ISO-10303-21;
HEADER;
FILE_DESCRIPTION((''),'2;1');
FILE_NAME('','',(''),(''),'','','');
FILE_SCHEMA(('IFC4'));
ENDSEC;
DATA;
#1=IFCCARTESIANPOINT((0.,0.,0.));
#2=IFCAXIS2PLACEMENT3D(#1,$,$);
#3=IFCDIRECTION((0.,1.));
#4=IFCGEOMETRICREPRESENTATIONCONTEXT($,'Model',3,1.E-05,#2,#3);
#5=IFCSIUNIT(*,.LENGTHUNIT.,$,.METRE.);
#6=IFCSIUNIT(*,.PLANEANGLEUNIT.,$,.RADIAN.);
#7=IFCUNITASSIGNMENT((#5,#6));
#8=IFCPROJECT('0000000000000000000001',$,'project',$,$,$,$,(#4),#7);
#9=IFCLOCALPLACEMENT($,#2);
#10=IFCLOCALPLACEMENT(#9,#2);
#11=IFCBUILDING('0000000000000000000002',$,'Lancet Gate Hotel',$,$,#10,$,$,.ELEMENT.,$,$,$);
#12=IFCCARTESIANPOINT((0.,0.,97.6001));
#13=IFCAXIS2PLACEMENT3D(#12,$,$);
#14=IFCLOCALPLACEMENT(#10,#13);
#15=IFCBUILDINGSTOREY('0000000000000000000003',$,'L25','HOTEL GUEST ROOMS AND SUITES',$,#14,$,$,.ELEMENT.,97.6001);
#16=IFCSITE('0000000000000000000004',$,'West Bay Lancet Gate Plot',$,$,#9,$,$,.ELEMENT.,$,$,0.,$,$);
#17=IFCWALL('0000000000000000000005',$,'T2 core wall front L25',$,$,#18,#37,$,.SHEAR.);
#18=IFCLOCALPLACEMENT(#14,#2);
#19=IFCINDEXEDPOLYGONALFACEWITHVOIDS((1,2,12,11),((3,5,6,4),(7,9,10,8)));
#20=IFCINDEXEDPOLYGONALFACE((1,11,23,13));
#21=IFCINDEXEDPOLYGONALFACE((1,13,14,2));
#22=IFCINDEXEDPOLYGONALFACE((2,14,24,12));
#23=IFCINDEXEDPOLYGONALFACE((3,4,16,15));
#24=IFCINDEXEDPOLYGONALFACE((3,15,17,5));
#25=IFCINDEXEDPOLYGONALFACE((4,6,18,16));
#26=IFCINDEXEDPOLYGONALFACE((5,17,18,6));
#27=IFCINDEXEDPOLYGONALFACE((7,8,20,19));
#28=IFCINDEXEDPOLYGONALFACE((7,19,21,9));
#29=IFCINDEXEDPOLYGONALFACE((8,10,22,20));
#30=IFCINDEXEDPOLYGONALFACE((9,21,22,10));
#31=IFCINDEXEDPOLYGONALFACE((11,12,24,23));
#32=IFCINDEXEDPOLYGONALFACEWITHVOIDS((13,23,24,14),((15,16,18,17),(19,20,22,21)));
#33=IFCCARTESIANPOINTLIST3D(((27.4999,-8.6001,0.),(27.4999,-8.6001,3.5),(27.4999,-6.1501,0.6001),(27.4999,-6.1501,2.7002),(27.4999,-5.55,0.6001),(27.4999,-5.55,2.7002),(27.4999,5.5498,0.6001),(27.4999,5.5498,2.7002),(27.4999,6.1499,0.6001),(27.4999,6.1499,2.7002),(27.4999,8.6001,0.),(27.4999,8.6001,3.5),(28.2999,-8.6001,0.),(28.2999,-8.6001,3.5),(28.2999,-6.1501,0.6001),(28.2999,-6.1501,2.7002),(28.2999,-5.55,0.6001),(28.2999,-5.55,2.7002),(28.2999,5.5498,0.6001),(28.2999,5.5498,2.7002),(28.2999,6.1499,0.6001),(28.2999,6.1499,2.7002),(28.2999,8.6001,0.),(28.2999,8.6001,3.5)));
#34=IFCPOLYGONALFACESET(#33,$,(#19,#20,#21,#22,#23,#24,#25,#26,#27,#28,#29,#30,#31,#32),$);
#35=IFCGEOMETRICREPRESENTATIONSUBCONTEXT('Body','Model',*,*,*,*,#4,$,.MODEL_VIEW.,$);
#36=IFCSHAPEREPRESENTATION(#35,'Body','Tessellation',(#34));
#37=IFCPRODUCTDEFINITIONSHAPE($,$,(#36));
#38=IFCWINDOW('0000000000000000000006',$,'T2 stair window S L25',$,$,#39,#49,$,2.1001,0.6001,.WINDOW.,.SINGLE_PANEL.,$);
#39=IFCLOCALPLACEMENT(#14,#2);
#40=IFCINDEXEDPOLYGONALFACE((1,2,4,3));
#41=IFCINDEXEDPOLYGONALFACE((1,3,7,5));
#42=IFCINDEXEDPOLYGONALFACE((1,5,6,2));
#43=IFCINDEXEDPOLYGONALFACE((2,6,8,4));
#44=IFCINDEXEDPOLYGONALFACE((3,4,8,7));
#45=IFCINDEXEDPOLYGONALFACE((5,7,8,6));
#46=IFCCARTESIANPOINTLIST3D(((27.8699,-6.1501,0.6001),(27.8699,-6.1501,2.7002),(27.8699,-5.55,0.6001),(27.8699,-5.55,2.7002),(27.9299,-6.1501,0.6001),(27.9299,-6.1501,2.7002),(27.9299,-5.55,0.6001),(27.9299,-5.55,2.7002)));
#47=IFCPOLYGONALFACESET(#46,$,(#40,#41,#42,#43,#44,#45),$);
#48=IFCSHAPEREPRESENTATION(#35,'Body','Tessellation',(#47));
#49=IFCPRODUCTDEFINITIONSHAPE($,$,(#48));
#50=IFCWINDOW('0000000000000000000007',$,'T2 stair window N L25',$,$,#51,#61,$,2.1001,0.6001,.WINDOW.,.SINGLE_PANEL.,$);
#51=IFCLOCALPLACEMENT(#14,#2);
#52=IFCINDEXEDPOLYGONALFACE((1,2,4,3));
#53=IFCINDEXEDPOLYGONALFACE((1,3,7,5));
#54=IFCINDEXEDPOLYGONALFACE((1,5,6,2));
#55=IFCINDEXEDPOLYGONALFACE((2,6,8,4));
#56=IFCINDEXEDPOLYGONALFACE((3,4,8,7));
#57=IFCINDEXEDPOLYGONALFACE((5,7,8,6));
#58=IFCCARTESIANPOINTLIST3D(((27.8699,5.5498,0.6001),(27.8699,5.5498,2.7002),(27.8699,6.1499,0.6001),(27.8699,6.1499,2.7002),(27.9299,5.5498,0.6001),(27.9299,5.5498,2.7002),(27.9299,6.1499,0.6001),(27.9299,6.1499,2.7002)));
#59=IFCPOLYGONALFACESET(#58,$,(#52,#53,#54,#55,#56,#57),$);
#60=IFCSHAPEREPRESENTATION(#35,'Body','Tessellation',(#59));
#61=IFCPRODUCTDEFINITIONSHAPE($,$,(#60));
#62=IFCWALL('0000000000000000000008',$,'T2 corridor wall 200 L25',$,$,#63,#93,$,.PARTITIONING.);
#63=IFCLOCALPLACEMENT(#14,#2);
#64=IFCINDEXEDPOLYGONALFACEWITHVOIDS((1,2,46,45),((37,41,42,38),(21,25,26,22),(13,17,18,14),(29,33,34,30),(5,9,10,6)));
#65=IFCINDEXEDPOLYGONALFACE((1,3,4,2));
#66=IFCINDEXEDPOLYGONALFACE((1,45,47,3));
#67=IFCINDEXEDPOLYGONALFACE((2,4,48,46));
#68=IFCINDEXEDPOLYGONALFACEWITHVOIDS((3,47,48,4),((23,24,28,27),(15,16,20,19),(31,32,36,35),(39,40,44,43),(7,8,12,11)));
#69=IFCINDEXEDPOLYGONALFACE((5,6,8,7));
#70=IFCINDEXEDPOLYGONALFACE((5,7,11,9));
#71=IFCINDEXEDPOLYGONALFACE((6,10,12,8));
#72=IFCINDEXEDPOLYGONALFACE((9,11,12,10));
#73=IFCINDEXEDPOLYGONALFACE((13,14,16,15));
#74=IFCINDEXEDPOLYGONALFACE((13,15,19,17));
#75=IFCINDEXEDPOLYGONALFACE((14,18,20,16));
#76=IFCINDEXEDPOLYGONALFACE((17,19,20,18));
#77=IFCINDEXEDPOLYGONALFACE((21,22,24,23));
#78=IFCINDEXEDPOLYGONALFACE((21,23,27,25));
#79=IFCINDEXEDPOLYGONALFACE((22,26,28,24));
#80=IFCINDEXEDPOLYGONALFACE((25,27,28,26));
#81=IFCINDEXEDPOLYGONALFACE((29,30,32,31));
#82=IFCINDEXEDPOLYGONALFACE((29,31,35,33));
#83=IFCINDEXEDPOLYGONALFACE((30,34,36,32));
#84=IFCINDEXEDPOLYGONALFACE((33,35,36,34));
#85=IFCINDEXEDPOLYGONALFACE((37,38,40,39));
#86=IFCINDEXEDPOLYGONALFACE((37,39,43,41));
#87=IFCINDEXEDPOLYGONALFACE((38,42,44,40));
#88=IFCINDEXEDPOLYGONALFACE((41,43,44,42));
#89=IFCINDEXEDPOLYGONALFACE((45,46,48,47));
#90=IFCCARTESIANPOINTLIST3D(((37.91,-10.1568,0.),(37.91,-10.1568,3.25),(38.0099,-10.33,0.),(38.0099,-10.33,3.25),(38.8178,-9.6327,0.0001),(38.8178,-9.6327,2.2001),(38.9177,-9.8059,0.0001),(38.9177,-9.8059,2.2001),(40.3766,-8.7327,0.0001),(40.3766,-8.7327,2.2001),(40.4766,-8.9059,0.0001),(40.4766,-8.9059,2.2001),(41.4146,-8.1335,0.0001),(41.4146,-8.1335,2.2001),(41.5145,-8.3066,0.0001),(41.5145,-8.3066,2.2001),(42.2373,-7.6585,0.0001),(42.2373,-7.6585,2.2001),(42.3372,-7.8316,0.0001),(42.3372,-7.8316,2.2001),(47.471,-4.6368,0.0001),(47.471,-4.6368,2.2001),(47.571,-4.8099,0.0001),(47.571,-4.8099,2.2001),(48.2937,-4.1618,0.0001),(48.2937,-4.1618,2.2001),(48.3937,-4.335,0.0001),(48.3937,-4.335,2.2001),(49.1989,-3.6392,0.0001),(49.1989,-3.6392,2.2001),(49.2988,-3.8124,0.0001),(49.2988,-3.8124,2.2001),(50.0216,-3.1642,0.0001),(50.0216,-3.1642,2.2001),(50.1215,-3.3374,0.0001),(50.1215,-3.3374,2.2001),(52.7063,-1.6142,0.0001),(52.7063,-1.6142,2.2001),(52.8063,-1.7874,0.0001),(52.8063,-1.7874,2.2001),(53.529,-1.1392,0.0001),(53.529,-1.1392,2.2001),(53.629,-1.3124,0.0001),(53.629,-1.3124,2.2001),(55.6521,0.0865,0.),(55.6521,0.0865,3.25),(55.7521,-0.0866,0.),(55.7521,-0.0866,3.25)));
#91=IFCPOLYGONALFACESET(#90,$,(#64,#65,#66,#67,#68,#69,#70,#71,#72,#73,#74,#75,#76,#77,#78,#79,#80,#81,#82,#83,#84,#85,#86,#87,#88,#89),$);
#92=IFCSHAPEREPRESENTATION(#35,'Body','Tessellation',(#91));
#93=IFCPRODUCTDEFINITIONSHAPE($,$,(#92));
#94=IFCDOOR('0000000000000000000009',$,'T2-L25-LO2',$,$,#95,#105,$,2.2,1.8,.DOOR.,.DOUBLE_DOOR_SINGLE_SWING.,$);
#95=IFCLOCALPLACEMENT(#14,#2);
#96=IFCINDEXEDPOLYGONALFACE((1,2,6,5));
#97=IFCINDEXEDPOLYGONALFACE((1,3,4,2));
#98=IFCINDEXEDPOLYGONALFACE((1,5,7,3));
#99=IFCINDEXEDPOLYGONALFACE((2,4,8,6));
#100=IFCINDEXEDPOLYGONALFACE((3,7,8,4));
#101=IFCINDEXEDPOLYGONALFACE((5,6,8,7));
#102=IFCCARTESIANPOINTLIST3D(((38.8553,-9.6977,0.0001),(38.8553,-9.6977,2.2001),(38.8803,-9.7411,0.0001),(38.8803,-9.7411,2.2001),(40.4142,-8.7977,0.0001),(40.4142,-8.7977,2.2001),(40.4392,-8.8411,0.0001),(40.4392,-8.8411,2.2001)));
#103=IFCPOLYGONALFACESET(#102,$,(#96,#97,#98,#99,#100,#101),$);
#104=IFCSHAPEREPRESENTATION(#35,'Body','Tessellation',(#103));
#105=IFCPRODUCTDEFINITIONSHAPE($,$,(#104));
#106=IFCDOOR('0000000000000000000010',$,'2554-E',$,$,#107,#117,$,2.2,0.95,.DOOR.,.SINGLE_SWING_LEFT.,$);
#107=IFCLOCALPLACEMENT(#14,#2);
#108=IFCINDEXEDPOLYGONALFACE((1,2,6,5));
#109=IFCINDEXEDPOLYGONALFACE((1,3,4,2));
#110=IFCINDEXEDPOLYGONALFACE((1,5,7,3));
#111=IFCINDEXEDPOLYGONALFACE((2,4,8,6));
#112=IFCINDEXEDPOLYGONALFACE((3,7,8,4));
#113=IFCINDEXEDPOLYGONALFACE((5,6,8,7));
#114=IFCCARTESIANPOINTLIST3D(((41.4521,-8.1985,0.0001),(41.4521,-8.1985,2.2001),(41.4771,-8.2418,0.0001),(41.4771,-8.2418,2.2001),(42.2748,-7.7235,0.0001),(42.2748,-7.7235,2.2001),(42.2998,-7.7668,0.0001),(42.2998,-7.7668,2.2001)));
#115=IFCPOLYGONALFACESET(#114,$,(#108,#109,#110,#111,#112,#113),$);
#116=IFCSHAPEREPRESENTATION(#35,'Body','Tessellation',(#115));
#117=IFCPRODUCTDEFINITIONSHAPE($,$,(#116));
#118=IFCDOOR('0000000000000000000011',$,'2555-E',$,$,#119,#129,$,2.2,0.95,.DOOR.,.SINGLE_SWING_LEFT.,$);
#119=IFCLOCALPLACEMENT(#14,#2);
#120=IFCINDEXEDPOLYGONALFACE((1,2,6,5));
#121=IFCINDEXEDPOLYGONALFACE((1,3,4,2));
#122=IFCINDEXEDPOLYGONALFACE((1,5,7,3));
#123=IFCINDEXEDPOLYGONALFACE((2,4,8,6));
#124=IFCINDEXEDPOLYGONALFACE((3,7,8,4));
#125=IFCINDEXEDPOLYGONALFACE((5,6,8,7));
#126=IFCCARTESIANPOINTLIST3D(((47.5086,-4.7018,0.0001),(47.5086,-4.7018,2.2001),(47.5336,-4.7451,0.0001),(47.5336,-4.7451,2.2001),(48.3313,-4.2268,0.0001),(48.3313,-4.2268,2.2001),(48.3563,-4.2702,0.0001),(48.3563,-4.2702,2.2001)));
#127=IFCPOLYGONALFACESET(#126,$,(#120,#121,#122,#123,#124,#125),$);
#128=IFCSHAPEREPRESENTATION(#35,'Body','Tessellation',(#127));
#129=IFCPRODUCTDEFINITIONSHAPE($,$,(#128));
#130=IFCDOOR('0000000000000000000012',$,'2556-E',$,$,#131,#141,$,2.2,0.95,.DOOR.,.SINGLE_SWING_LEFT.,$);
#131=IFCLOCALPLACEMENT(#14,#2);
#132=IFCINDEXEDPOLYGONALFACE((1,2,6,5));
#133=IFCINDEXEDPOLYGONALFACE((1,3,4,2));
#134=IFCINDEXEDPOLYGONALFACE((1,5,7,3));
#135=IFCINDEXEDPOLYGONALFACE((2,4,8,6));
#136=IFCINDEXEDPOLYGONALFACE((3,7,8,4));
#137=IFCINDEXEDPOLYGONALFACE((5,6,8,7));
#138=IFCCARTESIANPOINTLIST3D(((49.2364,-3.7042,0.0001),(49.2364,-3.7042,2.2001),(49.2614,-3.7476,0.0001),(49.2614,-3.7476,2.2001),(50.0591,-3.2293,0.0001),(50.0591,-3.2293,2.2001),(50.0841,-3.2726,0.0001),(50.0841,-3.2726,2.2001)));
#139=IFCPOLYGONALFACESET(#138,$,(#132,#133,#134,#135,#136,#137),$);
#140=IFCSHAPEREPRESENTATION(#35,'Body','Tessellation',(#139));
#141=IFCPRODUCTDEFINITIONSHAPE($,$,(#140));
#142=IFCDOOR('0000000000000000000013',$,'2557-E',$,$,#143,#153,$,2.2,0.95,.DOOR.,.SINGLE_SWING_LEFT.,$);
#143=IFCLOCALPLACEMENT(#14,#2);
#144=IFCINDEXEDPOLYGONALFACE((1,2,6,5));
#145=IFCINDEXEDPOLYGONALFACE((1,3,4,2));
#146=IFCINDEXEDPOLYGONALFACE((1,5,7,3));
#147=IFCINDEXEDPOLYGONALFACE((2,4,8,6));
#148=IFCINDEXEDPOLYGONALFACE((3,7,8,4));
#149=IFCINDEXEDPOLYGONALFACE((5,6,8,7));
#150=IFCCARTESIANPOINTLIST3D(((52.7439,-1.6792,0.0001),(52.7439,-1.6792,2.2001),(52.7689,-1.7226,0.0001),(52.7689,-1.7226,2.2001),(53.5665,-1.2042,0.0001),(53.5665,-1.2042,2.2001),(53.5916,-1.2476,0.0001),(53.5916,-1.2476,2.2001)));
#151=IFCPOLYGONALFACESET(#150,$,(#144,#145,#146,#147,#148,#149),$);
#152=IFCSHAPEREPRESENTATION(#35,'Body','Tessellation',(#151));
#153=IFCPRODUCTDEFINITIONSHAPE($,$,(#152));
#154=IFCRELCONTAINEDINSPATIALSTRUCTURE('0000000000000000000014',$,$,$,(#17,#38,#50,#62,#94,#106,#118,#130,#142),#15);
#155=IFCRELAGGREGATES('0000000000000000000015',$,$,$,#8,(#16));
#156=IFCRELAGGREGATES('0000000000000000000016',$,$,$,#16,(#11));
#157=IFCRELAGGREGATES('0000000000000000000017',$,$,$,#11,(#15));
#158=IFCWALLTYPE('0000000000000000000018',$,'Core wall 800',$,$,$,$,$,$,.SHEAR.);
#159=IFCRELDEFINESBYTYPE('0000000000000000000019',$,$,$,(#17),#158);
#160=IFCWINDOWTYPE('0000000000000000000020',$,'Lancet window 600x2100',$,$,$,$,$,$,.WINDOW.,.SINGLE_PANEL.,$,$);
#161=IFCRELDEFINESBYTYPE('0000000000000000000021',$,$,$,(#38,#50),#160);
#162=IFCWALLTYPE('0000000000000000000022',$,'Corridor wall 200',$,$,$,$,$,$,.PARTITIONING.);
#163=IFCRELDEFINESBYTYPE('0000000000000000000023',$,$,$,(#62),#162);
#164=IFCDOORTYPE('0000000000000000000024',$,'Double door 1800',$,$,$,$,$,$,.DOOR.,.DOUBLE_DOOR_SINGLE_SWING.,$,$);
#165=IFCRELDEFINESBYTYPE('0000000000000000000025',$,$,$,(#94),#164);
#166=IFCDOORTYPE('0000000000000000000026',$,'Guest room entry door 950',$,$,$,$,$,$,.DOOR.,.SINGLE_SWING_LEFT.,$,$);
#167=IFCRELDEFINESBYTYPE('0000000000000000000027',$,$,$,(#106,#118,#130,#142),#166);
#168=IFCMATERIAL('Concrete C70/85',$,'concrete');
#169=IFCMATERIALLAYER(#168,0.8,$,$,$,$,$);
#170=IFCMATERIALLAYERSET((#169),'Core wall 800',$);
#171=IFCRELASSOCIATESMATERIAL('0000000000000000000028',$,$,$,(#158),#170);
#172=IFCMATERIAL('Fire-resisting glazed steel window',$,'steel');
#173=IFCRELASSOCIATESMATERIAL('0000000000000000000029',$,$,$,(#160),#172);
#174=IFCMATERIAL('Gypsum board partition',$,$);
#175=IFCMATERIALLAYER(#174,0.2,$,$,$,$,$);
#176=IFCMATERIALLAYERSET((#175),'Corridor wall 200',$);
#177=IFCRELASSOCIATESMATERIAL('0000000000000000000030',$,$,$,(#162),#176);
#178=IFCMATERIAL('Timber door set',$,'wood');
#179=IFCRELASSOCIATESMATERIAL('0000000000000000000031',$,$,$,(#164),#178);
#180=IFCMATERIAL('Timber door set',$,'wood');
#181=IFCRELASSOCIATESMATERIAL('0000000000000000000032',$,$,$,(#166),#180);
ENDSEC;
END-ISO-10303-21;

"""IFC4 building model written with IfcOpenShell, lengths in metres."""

from ifc_helpers import new_model, si_unit, direction, frame, frame_2d, origin, place, context, subcontext, project, spatial, rectangle, extrude, material, layer, layer_set, type_object, element, fill, save


model = new_model("IFC4")

# Units and contexts
model_context = context("Model", 3, precision=1e-05, world=origin(), true_north=direction((0.0, 1.0)))
body_context = subcontext(model_context, "Body", "Model", "MODEL_VIEW")
ifc_project = project(units=[si_unit("LENGTHUNIT", "METRE"), si_unit("PLANEANGLEUNIT", "RADIAN")], contexts=[model_context])

# Site, building, storey
site_placement = place(None, origin())
site = spatial("IfcSite", under=ifc_project, at=site_placement, Name="West Bay Lancet Gate Plot", CompositionType="ELEMENT", RefElevation=0.0)
building_placement = place(site_placement, origin())
building = spatial("IfcBuilding", under=site, at=building_placement, Name="Lancet Gate Hotel", CompositionType="ELEMENT")
storey_placement = place(building_placement, frame((0.0, 0.0, 97.6001)))
storey = spatial("IfcBuildingStorey", under=building, at=storey_placement, Name="L25", Description="HOTEL GUEST ROOMS AND SUITES", CompositionType="ELEMENT", Elevation=97.6001)

# Wall, openings, windows
ifc_material_1 = material(Name="Concrete C70/85", Category="concrete")
ifc_layer_1 = layer(ifc_material_1, 0.8)
ifc_layer_set_1 = layer_set([ifc_layer_1], Name="Core wall 800")
wall_type_1 = type_object("IfcWallType", Name="Core wall 800", PredefinedType="SHEAR", material=ifc_layer_set_1)
wall_1_placement = place(storey_placement, frame((27.8999, -8.6001, 0.0), z_axis=(0.0, 0.0, 1.0), x_axis=(0.0, 1.0, 0.0)))
wall_1 = element("IfcWall", 1, at=wall_1_placement, inside=storey, type_object=wall_type_1, Name="T2 core wall front L25", PredefinedType="SHEAR", context=body_context, shape_type="SweptSolid", body=[
    extrude(rectangle(XDim=17.2002, YDim=0.8, at=frame_2d((8.6001, 0.0))), origin(), (0.0, 0.0, 1.0), 3.5),
])
opening_1_placement = place(wall_1_placement, frame((2.45, 0.0, 0.6001)))
opening_1 = element("IfcOpeningElement", 2, at=opening_1_placement, cuts=wall_1, PredefinedType="OPENING", context=body_context, shape_type="SweptSolid", body=[
    extrude(rectangle(XDim=0.6001, YDim=2.1001, at=frame_2d((0.3, 1.05))), frame((0.0, 0.4099, 0.0), z_axis=(0.0, -1.0, 0.0), x_axis=(1.0, 0.0, 0.0)), (0.0, 0.0, 1.0), 0.8201),
])
opening_2_placement = place(wall_1_placement, frame((14.1499, 0.0, 0.6001)))
opening_2 = element("IfcOpeningElement", 3, at=opening_2_placement, cuts=wall_1, PredefinedType="OPENING", context=body_context, shape_type="SweptSolid", body=[
    extrude(rectangle(XDim=0.6001, YDim=2.1001, at=frame_2d((0.3, 1.05))), frame((0.0, 0.4099, 0.0), z_axis=(0.0, -1.0, 0.0), x_axis=(1.0, 0.0, 0.0)), (0.0, 0.0, 1.0), 0.8201),
])
ifc_material_2 = material(Name="Fire-resisting glazed steel window", Category="steel")
window_type = type_object("IfcWindowType", Name="Lancet window 600x2100", PartitioningType="SINGLE_PANEL", PredefinedType="WINDOW", material=ifc_material_2)
window_1_placement = place(opening_1_placement, origin())
window_1 = element("IfcWindow", 4, at=window_1_placement, inside=storey, type_object=window_type, Name="T2 stair window S L25", OverallHeight=2.1001, OverallWidth=0.6001, PartitioningType="SINGLE_PANEL", PredefinedType="WINDOW", context=body_context, shape_type="SweptSolid", body=[
    extrude(rectangle(XDim=0.6001, YDim=2.1001, at=frame_2d((0.3, 1.05))), frame((0.0, 0.03, 0.0), z_axis=(0.0, -1.0, 0.0), x_axis=(1.0, 0.0, 0.0)), (0.0, 0.0, 1.0), 0.0601),
])
fill(opening_1, window_1)
window_2_placement = place(opening_2_placement, origin())
window_2 = element("IfcWindow", 5, at=window_2_placement, inside=storey, type_object=window_type, Name="T2 stair window N L25", OverallHeight=2.1001, OverallWidth=0.6001, PartitioningType="SINGLE_PANEL", PredefinedType="WINDOW", context=body_context, shape_type="SweptSolid", body=[
    extrude(rectangle(XDim=0.6001, YDim=2.1001, at=frame_2d((0.3, 1.05))), frame((0.0, 0.03, 0.0), z_axis=(0.0, -1.0, 0.0), x_axis=(1.0, 0.0, 0.0)), (0.0, 0.0, 1.0), 0.0601),
])
fill(opening_2, window_2)

# Wall, openings, doors
ifc_material_3 = material(Name="Gypsum board partition")
ifc_layer_2 = layer(ifc_material_3, 0.2)
ifc_layer_set_2 = layer_set([ifc_layer_2], Name="Corridor wall 200")
wall_type_2 = type_object("IfcWallType", Name="Corridor wall 200", PredefinedType="PARTITIONING", material=ifc_layer_set_2)
wall_2_placement = place(storey_placement, frame((37.96, -10.2434, 0.0), z_axis=(0.0, 0.0, 1.0), x_axis=(0.866026, 0.499998, 0.0)))
wall_2 = element("IfcWall", 6, at=wall_2_placement, inside=storey, type_object=wall_type_2, Name="T2 corridor wall 200 L25", PredefinedType="PARTITIONING", context=body_context, shape_type="SweptSolid", body=[
    extrude(rectangle(XDim=20.4868, YDim=0.2, at=frame_2d((10.2434, 0.0))), origin(), (0.0, 0.0, 1.0), 3.25),
])
opening_3_placement = place(wall_2_placement, frame((4.0466, 0.0, 0.0)))
opening_3 = element("IfcOpeningElement", 7, at=opening_3_placement, cuts=wall_2, PredefinedType="OPENING", context=body_context, shape_type="SweptSolid", body=[
    extrude(rectangle(XDim=0.95, YDim=2.2, at=frame_2d((0.4751, 1.1001))), frame((0.0, 0.1099, 0.0), z_axis=(0.0, -1.0, 0.0), x_axis=(1.0, 0.0, 0.0)), (0.0, 0.0, 1.0), 0.22),
])
opening_4_placement = place(wall_2_placement, frame((11.04, 0.0, 0.0)))
opening_4 = element("IfcOpeningElement", 8, at=opening_4_placement, cuts=wall_2, PredefinedType="OPENING", context=body_context, shape_type="SweptSolid", body=[
    extrude(rectangle(XDim=0.95, YDim=2.2, at=frame_2d((0.4751, 1.1001))), frame((0.0, 0.1099, 0.0), z_axis=(0.0, -1.0, 0.0), x_axis=(1.0, 0.0, 0.0)), (0.0, 0.0, 1.0), 0.22),
])
opening_5_placement = place(wall_2_placement, frame((13.0352, 0.0, 0.0)))
opening_5 = element("IfcOpeningElement", 9, at=opening_5_placement, cuts=wall_2, PredefinedType="OPENING", context=body_context, shape_type="SweptSolid", body=[
    extrude(rectangle(XDim=0.95, YDim=2.2, at=frame_2d((0.4751, 1.1001))), frame((0.0, 0.1099, 0.0), z_axis=(0.0, -1.0, 0.0), x_axis=(1.0, 0.0, 0.0)), (0.0, 0.0, 1.0), 0.22),
])
opening_6_placement = place(wall_2_placement, frame((17.0852, 0.0, 0.0)))
opening_6 = element("IfcOpeningElement", 10, at=opening_6_placement, cuts=wall_2, PredefinedType="OPENING", context=body_context, shape_type="SweptSolid", body=[
    extrude(rectangle(XDim=0.95, YDim=2.2, at=frame_2d((0.4751, 1.1001))), frame((0.0, 0.1099, 0.0), z_axis=(0.0, -1.0, 0.0), x_axis=(1.0, 0.0, 0.0)), (0.0, 0.0, 1.0), 0.22),
])
opening_7_placement = place(wall_2_placement, frame((1.0483, 0.0, 0.0)))
opening_7 = element("IfcOpeningElement", 11, at=opening_7_placement, cuts=wall_2, PredefinedType="OPENING", context=body_context, shape_type="SweptSolid", body=[
    extrude(rectangle(XDim=1.8, YDim=2.2, at=frame_2d((0.8999, 1.1001))), frame((0.0, 0.1099, 0.0), z_axis=(0.0, -1.0, 0.0), x_axis=(1.0, 0.0, 0.0)), (0.0, 0.0, 1.0), 0.22),
])
ifc_material_4 = material(Name="Timber door set", Category="wood")
door_type_1 = type_object("IfcDoorType", Name="Double door 1800", OperationType="DOUBLE_DOOR_SINGLE_SWING", PredefinedType="DOOR", material=ifc_material_4)
door_1_placement = place(opening_7_placement, origin())
door_1 = element("IfcDoor", 12, at=door_1_placement, inside=storey, type_object=door_type_1, Name="T2-L25-LO2", OperationType="DOUBLE_DOOR_SINGLE_SWING", OverallHeight=2.2, OverallWidth=1.8, PredefinedType="DOOR", context=body_context, shape_type="SweptSolid", body=[
    extrude(rectangle(XDim=1.8, YDim=2.2, at=frame_2d((0.8999, 1.1001))), frame((0.0, 0.0249, 0.0), z_axis=(0.0, -1.0, 0.0), x_axis=(1.0, 0.0, 0.0)), (0.0, 0.0, 1.0), 0.05),
])
fill(opening_7, door_1)
ifc_material_5 = material(Name="Timber door set", Category="wood")
door_type_2 = type_object("IfcDoorType", Name="Guest room entry door 950", OperationType="SINGLE_SWING_LEFT", PredefinedType="DOOR", material=ifc_material_5)
door_2_placement = place(opening_3_placement, origin())
door_2 = element("IfcDoor", 13, at=door_2_placement, inside=storey, type_object=door_type_2, Name="2554-E", OperationType="SINGLE_SWING_LEFT", OverallHeight=2.2, OverallWidth=0.95, PredefinedType="DOOR", context=body_context, shape_type="SweptSolid", body=[
    extrude(rectangle(XDim=0.95, YDim=2.2, at=frame_2d((0.4751, 1.1001))), frame((0.0, 0.0249, 0.0), z_axis=(0.0, -1.0, 0.0), x_axis=(1.0, 0.0, 0.0)), (0.0, 0.0, 1.0), 0.05),
])
fill(opening_3, door_2)
door_3_placement = place(opening_4_placement, origin())
door_3 = element("IfcDoor", 14, at=door_3_placement, inside=storey, type_object=door_type_2, Name="2555-E", OperationType="SINGLE_SWING_LEFT", OverallHeight=2.2, OverallWidth=0.95, PredefinedType="DOOR", context=body_context, shape_type="SweptSolid", body=[
    extrude(rectangle(XDim=0.95, YDim=2.2, at=frame_2d((0.4751, 1.1001))), frame((0.0, 0.0249, 0.0), z_axis=(0.0, -1.0, 0.0), x_axis=(1.0, 0.0, 0.0)), (0.0, 0.0, 1.0), 0.05),
])
fill(opening_4, door_3)
door_4_placement = place(opening_5_placement, origin())
door_4 = element("IfcDoor", 15, at=door_4_placement, inside=storey, type_object=door_type_2, Name="2556-E", OperationType="SINGLE_SWING_LEFT", OverallHeight=2.2, OverallWidth=0.95, PredefinedType="DOOR", context=body_context, shape_type="SweptSolid", body=[
    extrude(rectangle(XDim=0.95, YDim=2.2, at=frame_2d((0.4751, 1.1001))), frame((0.0, 0.0249, 0.0), z_axis=(0.0, -1.0, 0.0), x_axis=(1.0, 0.0, 0.0)), (0.0, 0.0, 1.0), 0.05),
])
fill(opening_5, door_4)
door_5_placement = place(opening_6_placement, origin())
door_5 = element("IfcDoor", 16, at=door_5_placement, inside=storey, type_object=door_type_2, Name="2557-E", OperationType="SINGLE_SWING_LEFT", OverallHeight=2.2, OverallWidth=0.95, PredefinedType="DOOR", context=body_context, shape_type="SweptSolid", body=[
    extrude(rectangle(XDim=0.95, YDim=2.2, at=frame_2d((0.4751, 1.1001))), frame((0.0, 0.0249, 0.0), z_axis=(0.0, -1.0, 0.0), x_axis=(1.0, 0.0, 0.0)), (0.0, 0.0, 1.0), 0.05),
])
fill(opening_6, door_5)

save(model, "model.ifc")
